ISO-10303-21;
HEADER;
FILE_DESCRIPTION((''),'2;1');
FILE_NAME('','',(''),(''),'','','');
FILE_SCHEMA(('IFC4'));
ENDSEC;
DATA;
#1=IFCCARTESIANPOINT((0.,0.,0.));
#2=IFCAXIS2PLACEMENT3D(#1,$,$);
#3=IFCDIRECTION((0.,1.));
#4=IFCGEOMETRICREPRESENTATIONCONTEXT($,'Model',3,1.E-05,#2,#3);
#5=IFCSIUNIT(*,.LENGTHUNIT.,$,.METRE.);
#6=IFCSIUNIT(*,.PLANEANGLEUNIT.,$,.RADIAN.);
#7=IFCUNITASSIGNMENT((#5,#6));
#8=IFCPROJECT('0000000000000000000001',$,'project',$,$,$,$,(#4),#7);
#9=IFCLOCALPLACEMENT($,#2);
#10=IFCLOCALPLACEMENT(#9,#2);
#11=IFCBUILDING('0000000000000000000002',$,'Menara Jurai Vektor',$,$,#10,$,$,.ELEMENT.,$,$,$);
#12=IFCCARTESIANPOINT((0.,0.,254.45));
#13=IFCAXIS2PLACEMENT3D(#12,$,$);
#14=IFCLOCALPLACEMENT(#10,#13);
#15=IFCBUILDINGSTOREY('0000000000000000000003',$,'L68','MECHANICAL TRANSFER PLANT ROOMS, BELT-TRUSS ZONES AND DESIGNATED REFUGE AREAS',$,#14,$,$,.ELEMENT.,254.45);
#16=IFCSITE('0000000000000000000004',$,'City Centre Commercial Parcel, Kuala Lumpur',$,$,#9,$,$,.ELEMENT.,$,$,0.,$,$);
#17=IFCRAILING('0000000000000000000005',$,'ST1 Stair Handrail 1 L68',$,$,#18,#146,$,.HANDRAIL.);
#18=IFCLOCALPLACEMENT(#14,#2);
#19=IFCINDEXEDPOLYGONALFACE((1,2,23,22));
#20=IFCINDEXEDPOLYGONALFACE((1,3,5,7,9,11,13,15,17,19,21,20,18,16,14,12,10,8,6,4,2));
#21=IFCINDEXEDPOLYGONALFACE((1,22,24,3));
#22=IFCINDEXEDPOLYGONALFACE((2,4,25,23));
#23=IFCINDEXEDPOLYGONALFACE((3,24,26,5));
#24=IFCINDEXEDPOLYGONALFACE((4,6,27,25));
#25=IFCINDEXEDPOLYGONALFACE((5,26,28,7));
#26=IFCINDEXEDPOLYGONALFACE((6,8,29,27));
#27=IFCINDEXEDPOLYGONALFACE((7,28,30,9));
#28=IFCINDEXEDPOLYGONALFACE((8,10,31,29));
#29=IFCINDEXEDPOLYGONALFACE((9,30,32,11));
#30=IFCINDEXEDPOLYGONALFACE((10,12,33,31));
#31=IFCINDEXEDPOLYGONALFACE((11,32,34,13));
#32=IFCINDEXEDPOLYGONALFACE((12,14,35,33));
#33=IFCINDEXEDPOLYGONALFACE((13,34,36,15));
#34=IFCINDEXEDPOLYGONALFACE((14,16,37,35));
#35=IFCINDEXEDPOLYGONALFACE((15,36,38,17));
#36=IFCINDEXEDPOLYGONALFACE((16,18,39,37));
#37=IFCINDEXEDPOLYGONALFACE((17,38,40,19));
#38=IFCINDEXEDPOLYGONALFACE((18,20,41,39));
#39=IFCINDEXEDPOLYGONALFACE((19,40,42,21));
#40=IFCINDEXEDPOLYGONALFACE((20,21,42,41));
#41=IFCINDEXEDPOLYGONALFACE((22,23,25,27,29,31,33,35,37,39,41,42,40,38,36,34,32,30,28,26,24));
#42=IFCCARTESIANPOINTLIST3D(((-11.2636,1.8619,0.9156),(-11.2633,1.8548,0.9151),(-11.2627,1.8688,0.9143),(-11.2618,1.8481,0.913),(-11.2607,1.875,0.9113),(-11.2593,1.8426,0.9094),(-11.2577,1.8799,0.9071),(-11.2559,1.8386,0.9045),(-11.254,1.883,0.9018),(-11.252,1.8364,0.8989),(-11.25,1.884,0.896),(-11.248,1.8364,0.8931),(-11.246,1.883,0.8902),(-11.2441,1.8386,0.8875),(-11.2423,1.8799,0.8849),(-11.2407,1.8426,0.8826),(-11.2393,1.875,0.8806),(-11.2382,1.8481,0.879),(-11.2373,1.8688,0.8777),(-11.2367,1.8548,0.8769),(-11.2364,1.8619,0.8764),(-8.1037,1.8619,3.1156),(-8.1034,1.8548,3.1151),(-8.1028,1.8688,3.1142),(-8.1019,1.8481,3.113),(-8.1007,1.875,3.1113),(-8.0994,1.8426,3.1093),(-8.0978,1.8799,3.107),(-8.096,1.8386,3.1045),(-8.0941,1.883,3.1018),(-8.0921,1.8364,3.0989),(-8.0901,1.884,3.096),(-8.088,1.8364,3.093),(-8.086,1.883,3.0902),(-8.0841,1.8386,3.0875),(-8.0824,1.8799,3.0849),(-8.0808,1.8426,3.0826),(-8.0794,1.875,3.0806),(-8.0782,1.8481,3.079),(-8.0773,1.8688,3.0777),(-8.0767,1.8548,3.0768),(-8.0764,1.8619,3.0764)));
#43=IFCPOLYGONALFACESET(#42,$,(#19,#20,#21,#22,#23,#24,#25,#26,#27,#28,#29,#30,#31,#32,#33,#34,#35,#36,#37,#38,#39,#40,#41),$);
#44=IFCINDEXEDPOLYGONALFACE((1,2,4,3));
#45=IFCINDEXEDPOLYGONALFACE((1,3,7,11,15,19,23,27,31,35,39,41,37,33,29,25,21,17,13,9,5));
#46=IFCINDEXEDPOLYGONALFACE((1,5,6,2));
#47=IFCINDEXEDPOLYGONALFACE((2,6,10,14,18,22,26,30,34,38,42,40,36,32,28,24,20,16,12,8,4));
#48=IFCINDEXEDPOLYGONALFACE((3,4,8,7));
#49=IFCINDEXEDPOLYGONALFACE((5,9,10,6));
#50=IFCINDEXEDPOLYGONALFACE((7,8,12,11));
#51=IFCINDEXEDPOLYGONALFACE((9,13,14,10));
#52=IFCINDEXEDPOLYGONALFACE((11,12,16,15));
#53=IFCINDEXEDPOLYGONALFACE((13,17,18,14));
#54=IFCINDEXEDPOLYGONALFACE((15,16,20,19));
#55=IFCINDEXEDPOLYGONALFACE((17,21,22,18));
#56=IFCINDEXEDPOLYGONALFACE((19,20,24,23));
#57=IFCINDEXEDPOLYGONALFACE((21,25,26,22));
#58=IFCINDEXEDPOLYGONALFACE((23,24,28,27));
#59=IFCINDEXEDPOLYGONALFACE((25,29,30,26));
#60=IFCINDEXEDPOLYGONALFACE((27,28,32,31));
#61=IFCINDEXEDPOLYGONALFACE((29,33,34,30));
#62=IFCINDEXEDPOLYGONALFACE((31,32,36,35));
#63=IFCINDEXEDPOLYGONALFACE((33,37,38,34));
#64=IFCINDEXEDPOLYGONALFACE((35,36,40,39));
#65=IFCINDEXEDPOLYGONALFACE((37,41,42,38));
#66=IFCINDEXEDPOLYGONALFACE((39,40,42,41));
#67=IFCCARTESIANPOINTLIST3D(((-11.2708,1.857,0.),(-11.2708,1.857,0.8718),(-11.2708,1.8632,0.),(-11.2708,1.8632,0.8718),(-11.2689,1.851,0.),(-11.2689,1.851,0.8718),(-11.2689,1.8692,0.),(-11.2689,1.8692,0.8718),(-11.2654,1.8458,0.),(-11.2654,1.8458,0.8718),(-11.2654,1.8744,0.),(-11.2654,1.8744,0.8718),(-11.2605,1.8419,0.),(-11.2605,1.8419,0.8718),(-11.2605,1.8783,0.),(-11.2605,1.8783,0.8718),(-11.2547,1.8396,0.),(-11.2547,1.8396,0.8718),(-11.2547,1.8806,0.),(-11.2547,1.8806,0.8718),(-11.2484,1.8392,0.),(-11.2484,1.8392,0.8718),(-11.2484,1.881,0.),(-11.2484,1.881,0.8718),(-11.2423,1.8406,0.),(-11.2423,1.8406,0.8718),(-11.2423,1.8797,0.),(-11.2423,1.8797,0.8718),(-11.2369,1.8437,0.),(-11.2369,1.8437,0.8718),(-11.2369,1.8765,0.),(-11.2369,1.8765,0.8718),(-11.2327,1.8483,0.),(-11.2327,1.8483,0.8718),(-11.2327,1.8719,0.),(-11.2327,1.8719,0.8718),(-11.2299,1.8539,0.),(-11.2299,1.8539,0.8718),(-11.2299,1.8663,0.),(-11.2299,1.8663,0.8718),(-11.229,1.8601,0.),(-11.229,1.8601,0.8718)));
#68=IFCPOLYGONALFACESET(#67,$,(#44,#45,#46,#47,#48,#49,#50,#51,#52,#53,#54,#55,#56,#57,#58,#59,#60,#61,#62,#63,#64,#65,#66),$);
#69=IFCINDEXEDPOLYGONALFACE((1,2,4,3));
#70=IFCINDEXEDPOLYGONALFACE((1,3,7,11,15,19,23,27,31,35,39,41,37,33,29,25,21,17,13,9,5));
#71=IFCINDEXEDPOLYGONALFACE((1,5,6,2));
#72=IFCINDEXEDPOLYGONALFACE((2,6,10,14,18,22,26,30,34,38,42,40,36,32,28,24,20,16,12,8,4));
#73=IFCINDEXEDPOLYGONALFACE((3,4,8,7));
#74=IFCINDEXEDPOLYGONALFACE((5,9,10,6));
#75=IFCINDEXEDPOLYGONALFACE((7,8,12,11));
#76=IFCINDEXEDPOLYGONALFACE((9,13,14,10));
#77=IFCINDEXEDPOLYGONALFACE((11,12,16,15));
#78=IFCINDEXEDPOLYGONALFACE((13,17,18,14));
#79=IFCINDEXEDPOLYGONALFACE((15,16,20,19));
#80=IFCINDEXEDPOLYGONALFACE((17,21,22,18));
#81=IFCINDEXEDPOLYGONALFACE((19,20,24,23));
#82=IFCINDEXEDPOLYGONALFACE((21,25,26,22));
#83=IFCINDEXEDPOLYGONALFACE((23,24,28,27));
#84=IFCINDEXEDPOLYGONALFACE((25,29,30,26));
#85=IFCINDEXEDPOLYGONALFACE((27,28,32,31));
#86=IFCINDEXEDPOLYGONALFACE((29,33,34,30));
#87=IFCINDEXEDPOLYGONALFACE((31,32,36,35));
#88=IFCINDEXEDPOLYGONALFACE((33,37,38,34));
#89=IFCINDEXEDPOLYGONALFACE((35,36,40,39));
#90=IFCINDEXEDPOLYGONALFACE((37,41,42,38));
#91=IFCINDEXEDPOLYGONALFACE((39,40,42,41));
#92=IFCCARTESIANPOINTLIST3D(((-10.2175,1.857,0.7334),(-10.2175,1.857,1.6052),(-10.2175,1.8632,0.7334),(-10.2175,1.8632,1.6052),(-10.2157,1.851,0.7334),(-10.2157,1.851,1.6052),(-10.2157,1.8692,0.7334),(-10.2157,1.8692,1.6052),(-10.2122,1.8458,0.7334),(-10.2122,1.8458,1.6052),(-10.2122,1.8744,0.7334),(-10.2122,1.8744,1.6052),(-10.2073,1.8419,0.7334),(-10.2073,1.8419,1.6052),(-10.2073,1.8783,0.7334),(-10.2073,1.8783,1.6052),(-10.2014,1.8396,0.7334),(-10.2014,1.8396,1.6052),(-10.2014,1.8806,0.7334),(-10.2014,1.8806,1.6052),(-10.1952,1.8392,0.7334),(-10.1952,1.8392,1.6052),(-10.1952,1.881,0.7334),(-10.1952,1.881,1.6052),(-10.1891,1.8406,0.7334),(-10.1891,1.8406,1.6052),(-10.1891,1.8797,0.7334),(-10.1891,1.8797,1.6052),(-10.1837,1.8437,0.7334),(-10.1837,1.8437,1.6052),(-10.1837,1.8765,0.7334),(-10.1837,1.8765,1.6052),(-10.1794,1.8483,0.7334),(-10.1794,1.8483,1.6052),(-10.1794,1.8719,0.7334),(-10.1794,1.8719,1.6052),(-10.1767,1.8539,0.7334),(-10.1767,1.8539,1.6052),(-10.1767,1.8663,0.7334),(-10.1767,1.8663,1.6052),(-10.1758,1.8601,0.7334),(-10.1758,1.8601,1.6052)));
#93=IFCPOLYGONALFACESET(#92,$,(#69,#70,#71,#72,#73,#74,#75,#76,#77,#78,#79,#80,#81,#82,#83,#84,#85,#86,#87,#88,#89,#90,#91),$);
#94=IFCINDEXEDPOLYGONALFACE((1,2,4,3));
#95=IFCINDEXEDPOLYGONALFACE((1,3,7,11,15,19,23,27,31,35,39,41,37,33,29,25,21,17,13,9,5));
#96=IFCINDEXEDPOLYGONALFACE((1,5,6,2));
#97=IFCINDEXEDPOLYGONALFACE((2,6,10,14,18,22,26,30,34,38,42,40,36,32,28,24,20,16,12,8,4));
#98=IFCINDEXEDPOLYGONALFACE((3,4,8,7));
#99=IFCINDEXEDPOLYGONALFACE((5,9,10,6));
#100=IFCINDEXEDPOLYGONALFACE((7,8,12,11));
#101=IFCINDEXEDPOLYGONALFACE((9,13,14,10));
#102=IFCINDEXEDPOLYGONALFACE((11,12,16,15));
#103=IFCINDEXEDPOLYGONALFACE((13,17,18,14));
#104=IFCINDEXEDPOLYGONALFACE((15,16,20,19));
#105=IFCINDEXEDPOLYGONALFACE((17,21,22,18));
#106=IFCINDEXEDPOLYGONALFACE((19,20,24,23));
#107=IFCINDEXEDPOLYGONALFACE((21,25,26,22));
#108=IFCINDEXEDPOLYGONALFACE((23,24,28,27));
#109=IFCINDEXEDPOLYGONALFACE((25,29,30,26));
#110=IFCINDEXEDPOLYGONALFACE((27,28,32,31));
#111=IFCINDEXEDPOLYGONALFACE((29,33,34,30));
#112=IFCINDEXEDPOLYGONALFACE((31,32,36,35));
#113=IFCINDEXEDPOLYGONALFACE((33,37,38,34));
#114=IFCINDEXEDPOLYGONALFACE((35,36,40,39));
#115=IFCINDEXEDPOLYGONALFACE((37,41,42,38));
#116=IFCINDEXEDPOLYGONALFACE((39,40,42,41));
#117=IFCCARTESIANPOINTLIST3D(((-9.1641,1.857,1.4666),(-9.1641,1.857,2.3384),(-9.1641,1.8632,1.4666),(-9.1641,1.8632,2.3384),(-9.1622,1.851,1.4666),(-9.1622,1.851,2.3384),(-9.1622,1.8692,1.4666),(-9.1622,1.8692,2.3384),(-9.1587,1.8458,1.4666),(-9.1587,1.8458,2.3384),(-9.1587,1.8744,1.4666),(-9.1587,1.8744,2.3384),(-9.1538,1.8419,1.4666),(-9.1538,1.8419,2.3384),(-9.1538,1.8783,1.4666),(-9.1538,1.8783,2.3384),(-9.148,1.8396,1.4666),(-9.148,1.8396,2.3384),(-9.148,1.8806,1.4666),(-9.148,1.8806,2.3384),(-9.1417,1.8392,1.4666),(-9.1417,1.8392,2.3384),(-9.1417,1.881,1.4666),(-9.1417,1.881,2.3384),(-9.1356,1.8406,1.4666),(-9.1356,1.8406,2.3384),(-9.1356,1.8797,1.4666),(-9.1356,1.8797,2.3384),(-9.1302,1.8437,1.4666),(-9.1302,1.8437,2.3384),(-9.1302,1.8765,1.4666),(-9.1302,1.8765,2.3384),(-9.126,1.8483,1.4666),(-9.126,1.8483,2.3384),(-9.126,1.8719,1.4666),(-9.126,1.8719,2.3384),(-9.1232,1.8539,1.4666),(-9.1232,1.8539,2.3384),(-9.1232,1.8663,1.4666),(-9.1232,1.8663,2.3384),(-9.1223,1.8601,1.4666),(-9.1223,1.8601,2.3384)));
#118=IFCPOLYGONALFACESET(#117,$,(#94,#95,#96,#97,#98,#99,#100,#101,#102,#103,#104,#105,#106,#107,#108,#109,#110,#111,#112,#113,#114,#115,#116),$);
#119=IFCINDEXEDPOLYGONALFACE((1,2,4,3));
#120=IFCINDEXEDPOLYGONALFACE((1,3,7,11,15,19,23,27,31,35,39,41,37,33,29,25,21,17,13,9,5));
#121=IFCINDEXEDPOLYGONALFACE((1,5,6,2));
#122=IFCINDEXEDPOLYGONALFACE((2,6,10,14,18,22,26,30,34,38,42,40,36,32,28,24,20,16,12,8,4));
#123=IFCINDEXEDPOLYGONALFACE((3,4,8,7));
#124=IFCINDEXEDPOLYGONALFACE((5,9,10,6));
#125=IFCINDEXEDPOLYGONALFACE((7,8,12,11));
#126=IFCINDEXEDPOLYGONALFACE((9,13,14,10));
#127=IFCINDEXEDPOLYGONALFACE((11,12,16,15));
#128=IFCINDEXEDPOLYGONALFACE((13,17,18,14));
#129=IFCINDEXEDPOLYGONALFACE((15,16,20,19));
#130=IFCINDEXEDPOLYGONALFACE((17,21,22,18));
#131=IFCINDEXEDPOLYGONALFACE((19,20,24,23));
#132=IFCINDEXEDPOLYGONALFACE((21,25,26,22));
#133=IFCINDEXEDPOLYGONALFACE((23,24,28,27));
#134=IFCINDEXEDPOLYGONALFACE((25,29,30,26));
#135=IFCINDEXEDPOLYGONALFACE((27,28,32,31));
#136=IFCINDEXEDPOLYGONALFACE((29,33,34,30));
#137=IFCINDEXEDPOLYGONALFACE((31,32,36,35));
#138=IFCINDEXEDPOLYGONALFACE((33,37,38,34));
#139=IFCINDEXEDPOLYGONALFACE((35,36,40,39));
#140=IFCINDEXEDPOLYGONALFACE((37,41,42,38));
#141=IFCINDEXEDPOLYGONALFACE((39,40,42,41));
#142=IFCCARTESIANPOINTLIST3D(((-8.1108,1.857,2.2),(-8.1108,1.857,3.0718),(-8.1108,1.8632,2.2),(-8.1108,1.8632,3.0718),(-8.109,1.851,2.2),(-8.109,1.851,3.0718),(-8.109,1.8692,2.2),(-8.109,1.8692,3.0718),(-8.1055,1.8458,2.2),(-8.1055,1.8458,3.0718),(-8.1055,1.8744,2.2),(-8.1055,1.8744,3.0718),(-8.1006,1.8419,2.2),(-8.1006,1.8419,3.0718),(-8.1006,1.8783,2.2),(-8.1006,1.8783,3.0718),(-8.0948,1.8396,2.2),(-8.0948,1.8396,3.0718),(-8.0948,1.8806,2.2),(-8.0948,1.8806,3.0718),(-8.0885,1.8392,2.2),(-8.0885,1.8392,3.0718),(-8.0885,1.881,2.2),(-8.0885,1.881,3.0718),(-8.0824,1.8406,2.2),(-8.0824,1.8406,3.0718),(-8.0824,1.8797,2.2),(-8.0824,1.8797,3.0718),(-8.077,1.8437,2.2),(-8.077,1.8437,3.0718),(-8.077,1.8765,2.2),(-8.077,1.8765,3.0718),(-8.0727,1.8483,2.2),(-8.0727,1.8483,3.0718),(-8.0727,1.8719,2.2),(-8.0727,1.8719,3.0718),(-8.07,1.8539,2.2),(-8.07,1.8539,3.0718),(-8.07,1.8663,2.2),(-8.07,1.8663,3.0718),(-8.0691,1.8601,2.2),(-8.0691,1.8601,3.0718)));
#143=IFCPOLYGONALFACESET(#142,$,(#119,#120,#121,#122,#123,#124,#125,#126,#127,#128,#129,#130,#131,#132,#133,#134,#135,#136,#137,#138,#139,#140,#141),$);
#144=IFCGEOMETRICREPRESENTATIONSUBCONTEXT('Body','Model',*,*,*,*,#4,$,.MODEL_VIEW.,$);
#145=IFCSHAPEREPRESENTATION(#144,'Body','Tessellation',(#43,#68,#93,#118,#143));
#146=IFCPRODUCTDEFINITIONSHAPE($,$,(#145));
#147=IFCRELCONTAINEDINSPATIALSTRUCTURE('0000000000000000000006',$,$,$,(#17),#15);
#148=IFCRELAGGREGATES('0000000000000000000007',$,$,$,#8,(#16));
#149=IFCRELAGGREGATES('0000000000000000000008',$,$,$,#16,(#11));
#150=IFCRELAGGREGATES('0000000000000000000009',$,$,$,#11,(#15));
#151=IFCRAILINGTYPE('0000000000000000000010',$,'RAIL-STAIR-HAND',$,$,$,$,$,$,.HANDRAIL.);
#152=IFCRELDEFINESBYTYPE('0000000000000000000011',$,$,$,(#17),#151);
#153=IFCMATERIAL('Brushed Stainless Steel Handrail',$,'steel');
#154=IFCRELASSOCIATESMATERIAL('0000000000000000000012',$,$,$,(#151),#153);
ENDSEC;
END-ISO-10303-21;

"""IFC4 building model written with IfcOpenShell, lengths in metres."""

from ifc_helpers import new_model, si_unit, direction, frame, origin, origin_2d, place, context, subcontext, project, spatial, circle, extrude, material, type_object, element, save


model = new_model("IFC4")

# Units and contexts
model_context = context("Model", 3, precision=1e-05, world=origin(), true_north=direction((0.0, 1.0)))
body_context = subcontext(model_context, "Body", "Model", "MODEL_VIEW")
ifc_project = project(units=[si_unit("LENGTHUNIT", "METRE"), si_unit("PLANEANGLEUNIT", "RADIAN")], contexts=[model_context])

# Site, building, storey
site_placement = place(None, origin())
site = spatial("IfcSite", under=ifc_project, at=site_placement, Name="City Centre Commercial Parcel, Kuala Lumpur", CompositionType="ELEMENT", RefElevation=0.0)
building_placement = place(site_placement, origin())
building = spatial("IfcBuilding", under=site, at=building_placement, Name="Menara Jurai Vektor", CompositionType="ELEMENT")
storey_placement = place(building_placement, frame((0.0, 0.0, 254.45)))
storey = spatial("IfcBuildingStorey", under=building, at=storey_placement, Name="L68", Description="MECHANICAL TRANSFER PLANT ROOMS, BELT-TRUSS ZONES AND DESIGNATED REFUGE AREAS", CompositionType="ELEMENT", Elevation=254.45)

# Railing
ifc_material_1 = material(Name="Brushed Stainless Steel Handrail", Category="steel")
railing_type_1 = type_object("IfcRailingType", Name="RAIL-STAIR-HAND", PredefinedType="HANDRAIL", material=ifc_material_1)
railing_1_placement = place(storey_placement, frame((-11.25, 1.8601, 0.0)))
element("IfcRailing", 1, at=railing_1_placement, inside=storey, type_object=railing_type_1, Name="ST1 Stair Handrail 1 L68", PredefinedType="HANDRAIL", context=body_context, shape_type="SweptSolid", body=[
    extrude(circle(Radius=0.0239, at=origin_2d()), frame((0.0, 0.0, 0.896), z_axis=(0.820692, 0.0, 0.571371), x_axis=(0.0, 1.0, 0.0)), (0.0, 0.0, 1.0), 3.8503),
    extrude(circle(Radius=0.021, at=origin_2d()), origin(), (0.0, 0.0, 1.0), 0.8718),
    extrude(circle(Radius=0.021, at=origin_2d()), frame((1.0532, 0.0, 0.7334)), (0.0, 0.0, 1.0), 0.8718),
    extrude(circle(Radius=0.021, at=origin_2d()), frame((2.1067, 0.0, 1.4666)), (0.0, 0.0, 1.0), 0.8718),
    extrude(circle(Radius=0.021, at=origin_2d()), frame((3.1599, 0.0, 2.2)), (0.0, 0.0, 1.0), 0.8718),
])

save(model, "model.ifc")
